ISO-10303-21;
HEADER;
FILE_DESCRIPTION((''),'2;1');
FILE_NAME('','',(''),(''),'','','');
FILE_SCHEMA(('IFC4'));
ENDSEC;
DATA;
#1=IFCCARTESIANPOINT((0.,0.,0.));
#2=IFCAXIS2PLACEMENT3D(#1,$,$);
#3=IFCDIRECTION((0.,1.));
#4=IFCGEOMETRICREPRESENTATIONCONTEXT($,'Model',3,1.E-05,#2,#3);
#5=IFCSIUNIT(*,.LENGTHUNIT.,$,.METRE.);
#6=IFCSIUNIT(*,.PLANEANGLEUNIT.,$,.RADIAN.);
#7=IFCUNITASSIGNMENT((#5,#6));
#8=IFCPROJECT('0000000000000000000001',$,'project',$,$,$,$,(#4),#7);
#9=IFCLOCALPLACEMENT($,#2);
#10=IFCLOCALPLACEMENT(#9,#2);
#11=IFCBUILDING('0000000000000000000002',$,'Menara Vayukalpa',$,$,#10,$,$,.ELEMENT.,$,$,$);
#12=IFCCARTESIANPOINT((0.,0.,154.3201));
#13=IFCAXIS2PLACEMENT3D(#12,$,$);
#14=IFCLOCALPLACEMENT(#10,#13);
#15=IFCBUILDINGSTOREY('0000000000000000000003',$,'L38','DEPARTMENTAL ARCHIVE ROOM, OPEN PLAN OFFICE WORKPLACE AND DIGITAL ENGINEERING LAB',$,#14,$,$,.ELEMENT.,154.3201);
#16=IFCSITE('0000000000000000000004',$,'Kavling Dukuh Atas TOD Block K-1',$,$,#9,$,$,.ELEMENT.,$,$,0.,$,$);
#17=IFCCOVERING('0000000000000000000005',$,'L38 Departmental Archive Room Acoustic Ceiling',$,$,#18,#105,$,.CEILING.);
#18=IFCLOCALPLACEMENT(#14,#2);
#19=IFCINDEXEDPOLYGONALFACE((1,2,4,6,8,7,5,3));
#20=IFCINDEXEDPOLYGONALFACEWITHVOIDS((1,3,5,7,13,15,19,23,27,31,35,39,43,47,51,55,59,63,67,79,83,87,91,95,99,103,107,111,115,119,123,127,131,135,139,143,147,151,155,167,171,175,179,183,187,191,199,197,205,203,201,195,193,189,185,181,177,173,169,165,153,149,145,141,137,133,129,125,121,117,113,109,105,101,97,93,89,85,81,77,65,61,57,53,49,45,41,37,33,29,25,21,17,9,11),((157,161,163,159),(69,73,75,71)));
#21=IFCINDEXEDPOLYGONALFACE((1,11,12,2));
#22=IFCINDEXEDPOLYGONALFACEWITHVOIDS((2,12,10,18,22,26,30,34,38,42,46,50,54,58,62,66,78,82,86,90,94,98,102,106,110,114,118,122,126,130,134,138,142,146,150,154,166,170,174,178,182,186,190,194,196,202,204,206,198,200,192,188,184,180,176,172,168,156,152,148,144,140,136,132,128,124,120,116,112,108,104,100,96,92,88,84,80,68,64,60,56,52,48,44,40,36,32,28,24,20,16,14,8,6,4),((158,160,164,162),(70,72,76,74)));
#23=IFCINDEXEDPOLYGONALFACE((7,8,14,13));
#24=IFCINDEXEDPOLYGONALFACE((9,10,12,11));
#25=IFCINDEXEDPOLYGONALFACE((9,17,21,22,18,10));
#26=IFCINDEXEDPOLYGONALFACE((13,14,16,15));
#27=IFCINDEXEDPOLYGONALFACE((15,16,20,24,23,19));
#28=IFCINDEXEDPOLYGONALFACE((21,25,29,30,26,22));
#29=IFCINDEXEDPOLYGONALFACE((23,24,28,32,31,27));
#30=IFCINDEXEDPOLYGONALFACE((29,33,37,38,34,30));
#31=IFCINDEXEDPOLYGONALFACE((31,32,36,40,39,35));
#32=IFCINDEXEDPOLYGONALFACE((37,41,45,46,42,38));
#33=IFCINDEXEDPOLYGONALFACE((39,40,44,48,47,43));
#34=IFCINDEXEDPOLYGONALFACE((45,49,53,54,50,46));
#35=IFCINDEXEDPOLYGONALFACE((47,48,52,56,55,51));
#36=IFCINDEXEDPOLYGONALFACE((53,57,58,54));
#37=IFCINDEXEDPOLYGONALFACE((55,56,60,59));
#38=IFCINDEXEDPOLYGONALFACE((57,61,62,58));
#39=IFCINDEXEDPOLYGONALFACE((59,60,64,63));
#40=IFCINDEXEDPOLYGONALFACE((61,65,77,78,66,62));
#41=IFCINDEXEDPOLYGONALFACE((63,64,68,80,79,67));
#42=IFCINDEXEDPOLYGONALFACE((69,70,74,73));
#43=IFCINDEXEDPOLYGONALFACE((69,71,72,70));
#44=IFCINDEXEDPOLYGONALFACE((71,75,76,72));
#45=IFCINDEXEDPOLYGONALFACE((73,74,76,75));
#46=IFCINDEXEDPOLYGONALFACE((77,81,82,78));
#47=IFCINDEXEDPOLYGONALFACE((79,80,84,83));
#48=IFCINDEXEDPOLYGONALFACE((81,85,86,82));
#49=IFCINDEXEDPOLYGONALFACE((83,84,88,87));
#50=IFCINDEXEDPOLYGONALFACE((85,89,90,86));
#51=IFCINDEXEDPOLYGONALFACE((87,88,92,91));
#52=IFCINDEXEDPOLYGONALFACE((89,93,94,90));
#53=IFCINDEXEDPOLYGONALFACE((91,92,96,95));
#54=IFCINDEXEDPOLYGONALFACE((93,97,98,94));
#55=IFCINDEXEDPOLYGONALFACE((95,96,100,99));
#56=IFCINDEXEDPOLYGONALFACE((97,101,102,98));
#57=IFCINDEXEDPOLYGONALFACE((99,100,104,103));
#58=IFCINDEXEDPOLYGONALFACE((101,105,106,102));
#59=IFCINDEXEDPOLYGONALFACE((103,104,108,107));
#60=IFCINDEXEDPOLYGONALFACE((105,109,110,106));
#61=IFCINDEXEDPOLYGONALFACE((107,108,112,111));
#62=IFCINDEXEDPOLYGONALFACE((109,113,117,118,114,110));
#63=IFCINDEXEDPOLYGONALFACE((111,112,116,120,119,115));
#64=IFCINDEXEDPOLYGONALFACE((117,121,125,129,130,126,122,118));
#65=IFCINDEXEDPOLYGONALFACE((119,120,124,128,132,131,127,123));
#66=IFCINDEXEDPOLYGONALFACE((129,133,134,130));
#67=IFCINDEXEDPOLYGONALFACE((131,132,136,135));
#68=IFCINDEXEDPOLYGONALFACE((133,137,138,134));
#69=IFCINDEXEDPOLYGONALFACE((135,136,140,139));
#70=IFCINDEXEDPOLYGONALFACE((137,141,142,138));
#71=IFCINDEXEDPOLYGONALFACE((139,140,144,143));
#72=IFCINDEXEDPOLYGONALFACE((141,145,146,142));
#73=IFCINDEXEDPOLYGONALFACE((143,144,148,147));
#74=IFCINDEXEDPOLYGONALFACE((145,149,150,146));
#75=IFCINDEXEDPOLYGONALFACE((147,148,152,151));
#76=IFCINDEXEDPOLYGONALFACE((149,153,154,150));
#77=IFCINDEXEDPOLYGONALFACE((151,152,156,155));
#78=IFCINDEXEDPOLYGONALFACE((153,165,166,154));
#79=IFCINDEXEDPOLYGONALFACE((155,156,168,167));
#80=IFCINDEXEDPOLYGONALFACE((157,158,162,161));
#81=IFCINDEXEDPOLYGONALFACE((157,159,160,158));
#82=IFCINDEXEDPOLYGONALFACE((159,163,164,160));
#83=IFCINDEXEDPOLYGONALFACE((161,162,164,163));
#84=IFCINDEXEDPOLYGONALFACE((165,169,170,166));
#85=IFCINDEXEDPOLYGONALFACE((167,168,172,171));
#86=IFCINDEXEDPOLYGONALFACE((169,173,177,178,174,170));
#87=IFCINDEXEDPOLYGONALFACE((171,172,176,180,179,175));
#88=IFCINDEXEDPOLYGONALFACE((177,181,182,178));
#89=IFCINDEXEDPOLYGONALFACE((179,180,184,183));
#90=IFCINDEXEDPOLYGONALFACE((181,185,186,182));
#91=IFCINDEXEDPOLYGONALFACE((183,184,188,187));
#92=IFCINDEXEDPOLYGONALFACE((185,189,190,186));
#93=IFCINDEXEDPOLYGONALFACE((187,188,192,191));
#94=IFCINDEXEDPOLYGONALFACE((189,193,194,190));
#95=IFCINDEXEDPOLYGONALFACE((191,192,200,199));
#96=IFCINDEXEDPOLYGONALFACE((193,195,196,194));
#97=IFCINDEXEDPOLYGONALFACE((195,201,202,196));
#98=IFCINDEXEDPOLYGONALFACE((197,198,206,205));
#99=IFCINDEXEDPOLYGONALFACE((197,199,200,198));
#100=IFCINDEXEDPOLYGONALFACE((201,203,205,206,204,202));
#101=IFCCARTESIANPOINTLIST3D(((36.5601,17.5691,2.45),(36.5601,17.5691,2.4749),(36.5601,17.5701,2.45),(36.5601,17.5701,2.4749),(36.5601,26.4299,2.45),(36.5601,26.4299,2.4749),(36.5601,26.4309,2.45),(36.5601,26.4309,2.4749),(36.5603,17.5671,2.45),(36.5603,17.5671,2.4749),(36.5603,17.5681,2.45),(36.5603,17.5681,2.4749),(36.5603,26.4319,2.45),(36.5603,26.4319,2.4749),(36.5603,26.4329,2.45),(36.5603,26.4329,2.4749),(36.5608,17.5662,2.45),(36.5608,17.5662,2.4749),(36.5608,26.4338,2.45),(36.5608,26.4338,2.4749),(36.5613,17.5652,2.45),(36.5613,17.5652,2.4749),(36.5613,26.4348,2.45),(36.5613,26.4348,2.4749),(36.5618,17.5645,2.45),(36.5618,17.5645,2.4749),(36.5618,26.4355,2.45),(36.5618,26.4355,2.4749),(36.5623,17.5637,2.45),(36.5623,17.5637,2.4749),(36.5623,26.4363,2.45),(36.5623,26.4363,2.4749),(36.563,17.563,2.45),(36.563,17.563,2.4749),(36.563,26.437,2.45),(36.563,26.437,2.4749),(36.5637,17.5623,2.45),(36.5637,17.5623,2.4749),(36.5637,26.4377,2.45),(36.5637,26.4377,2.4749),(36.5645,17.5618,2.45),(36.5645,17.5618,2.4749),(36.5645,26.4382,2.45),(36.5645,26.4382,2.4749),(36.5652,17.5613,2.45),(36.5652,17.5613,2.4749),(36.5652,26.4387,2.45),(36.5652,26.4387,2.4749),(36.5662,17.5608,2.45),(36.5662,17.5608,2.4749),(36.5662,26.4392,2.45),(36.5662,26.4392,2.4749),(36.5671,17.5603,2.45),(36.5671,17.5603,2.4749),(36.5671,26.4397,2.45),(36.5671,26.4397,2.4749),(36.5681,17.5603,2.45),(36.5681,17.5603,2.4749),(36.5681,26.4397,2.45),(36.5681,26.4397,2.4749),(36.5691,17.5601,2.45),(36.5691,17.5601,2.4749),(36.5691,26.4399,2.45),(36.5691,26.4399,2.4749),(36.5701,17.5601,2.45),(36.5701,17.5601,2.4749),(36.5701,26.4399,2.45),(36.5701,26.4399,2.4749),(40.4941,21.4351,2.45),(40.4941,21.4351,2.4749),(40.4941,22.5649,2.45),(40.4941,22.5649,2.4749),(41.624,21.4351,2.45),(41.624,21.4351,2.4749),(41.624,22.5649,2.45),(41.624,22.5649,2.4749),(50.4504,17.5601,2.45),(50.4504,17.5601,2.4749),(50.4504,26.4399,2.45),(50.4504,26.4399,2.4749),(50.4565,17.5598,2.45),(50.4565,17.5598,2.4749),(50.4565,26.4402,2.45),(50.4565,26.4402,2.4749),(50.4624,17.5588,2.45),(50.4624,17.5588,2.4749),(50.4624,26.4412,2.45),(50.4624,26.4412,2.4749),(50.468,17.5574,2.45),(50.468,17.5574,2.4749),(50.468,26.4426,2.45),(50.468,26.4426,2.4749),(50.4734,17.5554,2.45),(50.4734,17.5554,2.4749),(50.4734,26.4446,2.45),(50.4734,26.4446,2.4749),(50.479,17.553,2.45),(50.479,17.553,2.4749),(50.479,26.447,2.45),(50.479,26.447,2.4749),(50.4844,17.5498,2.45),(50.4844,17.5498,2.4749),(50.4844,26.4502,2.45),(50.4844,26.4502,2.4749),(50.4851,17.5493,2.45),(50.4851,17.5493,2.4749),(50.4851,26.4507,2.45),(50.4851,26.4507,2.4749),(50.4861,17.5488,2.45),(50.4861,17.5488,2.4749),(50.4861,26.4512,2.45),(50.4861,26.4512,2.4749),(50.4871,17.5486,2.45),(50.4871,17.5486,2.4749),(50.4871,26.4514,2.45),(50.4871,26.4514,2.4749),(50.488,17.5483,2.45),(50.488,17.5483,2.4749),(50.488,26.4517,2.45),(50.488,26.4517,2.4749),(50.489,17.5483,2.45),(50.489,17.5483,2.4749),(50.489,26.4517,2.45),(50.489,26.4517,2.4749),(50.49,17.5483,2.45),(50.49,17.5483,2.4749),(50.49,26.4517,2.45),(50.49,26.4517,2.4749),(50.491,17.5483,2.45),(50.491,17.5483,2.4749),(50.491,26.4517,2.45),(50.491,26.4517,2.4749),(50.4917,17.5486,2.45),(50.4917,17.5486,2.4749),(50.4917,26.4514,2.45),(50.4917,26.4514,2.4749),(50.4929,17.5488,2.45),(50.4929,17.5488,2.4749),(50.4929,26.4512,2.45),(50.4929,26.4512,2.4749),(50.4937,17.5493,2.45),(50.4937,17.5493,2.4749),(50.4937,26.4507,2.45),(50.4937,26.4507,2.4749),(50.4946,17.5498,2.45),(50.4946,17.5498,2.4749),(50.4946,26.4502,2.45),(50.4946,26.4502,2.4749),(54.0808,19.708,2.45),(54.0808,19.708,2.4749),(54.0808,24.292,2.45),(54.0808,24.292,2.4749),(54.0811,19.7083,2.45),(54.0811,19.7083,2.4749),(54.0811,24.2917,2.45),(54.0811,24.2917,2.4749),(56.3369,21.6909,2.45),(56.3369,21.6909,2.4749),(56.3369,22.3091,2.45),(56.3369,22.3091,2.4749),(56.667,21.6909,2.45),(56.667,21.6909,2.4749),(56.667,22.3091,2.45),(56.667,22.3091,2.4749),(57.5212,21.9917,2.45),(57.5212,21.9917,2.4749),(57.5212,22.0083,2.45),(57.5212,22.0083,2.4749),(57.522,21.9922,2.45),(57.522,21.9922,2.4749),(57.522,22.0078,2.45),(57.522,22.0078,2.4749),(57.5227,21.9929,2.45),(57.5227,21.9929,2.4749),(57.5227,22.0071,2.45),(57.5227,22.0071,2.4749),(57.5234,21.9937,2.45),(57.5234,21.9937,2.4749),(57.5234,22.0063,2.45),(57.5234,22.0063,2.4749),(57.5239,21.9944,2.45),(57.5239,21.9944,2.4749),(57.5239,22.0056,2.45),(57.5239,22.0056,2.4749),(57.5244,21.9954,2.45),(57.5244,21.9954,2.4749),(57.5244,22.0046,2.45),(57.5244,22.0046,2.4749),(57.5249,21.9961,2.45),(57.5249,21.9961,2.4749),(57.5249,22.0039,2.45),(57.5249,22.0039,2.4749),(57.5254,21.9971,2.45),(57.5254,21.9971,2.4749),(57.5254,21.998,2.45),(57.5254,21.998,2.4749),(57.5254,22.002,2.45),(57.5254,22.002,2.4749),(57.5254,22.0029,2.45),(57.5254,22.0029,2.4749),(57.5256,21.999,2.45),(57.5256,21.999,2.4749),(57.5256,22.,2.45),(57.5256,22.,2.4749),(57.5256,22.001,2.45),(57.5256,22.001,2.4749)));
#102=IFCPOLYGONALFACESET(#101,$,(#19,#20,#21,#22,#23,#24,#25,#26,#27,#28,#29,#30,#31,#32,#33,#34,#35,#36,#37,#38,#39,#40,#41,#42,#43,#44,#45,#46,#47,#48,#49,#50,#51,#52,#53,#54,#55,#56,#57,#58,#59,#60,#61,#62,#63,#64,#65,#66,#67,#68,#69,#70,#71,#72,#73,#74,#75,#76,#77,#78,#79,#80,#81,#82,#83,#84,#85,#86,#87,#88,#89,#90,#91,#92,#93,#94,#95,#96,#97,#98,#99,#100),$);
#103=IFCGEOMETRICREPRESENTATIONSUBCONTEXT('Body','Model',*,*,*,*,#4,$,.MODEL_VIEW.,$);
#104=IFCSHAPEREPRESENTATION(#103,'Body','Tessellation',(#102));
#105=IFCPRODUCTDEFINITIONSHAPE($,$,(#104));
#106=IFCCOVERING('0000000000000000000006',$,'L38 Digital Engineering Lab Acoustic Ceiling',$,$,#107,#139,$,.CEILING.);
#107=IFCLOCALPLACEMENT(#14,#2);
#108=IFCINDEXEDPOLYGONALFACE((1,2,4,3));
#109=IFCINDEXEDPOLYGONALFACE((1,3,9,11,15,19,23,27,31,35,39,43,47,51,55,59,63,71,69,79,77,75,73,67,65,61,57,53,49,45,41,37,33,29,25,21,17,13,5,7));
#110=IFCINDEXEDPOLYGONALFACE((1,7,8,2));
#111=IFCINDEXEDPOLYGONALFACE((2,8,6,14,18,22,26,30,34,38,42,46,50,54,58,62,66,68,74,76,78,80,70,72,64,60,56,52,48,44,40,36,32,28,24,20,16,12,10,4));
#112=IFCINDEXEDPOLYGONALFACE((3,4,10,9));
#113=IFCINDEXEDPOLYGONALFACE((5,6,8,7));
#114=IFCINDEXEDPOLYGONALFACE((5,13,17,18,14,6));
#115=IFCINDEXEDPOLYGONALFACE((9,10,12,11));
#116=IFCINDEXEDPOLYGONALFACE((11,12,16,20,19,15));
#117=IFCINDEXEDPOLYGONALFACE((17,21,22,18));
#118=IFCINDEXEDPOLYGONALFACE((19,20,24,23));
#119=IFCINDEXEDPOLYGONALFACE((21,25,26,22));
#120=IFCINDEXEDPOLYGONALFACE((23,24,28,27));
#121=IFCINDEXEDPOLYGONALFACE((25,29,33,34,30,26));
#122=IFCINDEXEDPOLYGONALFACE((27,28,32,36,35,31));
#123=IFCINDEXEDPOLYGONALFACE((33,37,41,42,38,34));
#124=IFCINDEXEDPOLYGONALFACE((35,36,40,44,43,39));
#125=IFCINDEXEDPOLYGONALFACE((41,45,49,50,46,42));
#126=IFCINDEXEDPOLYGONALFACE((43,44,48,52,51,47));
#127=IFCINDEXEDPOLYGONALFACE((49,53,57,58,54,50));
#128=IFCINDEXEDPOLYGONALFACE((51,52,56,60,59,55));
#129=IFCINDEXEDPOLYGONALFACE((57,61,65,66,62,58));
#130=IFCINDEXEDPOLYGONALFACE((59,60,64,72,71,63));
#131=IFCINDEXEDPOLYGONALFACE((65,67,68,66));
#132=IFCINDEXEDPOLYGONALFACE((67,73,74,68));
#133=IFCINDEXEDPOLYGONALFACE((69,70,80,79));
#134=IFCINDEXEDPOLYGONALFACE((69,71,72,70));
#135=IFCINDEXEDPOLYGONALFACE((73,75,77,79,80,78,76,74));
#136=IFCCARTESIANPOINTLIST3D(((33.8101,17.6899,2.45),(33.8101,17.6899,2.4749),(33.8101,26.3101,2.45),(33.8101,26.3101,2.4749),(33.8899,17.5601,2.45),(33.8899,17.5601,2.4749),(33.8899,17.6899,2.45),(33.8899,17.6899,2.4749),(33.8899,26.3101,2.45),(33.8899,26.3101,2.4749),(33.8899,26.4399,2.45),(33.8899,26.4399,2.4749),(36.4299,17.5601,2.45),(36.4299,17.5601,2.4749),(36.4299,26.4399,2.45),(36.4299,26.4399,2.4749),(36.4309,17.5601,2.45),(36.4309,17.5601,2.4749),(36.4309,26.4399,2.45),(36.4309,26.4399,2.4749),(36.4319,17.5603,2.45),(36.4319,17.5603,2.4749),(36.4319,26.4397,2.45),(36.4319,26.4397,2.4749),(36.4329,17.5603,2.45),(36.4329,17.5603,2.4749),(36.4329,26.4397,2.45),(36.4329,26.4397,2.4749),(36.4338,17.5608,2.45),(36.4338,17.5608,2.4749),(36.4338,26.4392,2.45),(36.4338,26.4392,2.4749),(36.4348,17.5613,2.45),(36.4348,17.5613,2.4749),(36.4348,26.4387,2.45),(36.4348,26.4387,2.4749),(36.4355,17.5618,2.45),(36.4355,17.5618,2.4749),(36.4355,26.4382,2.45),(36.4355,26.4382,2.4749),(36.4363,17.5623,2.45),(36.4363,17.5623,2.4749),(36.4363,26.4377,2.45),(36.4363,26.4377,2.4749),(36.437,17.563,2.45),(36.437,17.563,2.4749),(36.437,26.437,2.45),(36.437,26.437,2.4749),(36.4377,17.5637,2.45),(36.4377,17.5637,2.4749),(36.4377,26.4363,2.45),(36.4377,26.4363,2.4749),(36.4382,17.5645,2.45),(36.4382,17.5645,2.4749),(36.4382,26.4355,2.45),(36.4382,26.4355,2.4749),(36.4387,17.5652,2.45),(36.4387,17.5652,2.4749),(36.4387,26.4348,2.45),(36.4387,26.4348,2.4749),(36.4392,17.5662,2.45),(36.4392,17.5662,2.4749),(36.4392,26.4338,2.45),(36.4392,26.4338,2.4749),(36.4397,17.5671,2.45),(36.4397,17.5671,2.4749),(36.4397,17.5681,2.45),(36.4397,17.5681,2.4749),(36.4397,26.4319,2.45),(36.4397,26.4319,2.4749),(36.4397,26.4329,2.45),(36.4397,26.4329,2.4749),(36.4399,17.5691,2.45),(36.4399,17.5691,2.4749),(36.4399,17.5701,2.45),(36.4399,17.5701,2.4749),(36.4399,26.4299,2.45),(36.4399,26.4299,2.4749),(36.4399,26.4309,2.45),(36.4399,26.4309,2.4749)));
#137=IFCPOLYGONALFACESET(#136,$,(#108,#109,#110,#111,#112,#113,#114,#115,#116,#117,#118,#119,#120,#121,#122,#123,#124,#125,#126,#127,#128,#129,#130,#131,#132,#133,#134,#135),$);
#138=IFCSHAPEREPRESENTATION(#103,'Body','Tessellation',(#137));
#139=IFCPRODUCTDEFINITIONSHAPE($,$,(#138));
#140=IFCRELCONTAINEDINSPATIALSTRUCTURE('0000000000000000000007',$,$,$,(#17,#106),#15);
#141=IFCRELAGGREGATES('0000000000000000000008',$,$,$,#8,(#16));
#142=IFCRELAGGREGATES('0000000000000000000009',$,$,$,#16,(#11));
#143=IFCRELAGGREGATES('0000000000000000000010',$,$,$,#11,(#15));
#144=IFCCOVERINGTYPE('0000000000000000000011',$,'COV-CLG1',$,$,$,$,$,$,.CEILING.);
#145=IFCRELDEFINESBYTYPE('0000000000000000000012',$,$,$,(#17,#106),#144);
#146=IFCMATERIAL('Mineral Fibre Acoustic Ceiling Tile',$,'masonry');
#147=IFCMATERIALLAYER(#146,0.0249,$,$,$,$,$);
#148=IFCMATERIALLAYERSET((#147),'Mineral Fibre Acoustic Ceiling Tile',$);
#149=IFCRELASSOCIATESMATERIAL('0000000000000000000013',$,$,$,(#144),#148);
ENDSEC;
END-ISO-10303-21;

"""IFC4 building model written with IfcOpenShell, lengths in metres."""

from ifc_helpers import new_model, si_unit, direction, frame, origin, place, context, subcontext, project, spatial, polyline, outline, extrude, material, layer, layer_set, type_object, element, save


model = new_model("IFC4")

# Units and contexts
model_context = context("Model", 3, precision=1e-05, world=origin(), true_north=direction((0.0, 1.0)))
body_context = subcontext(model_context, "Body", "Model", "MODEL_VIEW")
ifc_project = project(units=[si_unit("LENGTHUNIT", "METRE"), si_unit("PLANEANGLEUNIT", "RADIAN")], contexts=[model_context])

# Site, building, storey
site_placement = place(None, origin())
site = spatial("IfcSite", under=ifc_project, at=site_placement, Name="Kavling Dukuh Atas TOD Block K-1", CompositionType="ELEMENT", RefElevation=0.0)
building_placement = place(site_placement, origin())
building = spatial("IfcBuilding", under=site, at=building_placement, Name="Menara Vayukalpa", CompositionType="ELEMENT")
storey_placement = place(building_placement, frame((0.0, 0.0, 154.3201)))
storey = spatial("IfcBuildingStorey", under=building, at=storey_placement, Name="L38", Description="DEPARTMENTAL ARCHIVE ROOM, OPEN PLAN OFFICE WORKPLACE AND DIGITAL ENGINEERING LAB", CompositionType="ELEMENT", Elevation=154.3201)

# Coverings
ifc_material_1 = material(Name="Mineral Fibre Acoustic Ceiling Tile", Category="masonry")
ifc_layer_1 = layer(ifc_material_1, 0.0249)
ifc_layer_set_1 = layer_set([ifc_layer_1], Name="Mineral Fibre Acoustic Ceiling Tile")
covering_type_1 = type_object("IfcCoveringType", Name="COV-CLG1", PredefinedType="CEILING", material=ifc_layer_set_1)
covering_1_placement = place(storey_placement, frame((0.0, 0.0, 2.45)))
element("IfcCovering", 1, at=covering_1_placement, inside=storey, type_object=covering_type_1, Name="L38 Departmental Archive Room Acoustic Ceiling", PredefinedType="CEILING", context=body_context, shape_type="SweptSolid", body=[
    extrude(outline(polyline([(57.522, 22.0078), (57.5227, 22.0071), (57.5234, 22.0063), (57.5239, 22.0056), (57.5244, 22.0046), (57.5249, 22.0039), (57.5254, 22.0029), (57.5254, 22.002), (57.5256, 22.001), (57.5256, 22.0), (57.5256, 21.999), (57.5254, 21.998), (57.5254, 21.9971), (57.5249, 21.9961), (57.5244, 21.9954), (57.5239, 21.9944), (57.5234, 21.9937), (57.5227, 21.9929), (57.522, 21.9922), (57.5212, 21.9917), (54.0811, 19.7083), (54.0808, 19.708), (50.4946, 17.5498), (50.4937, 17.5493), (50.4929, 17.5488), (50.4917, 17.5486), (50.491, 17.5483), (50.49, 17.5483), (50.489, 17.5483), (50.488, 17.5483), (50.4871, 17.5486), (50.4861, 17.5488), (50.4851, 17.5493), (50.4844, 17.5498), (50.479, 17.553), (50.4734, 17.5554), (50.468, 17.5574), (50.4624, 17.5588), (50.4565, 17.5598), (50.4504, 17.5601), (36.5701, 17.5601), (36.5691, 17.5601), (36.5681, 17.5603), (36.5671, 17.5603), (36.5662, 17.5608), (36.5652, 17.5613), (36.5645, 17.5618), (36.5637, 17.5623), (36.563, 17.563), (36.5623, 17.5637), (36.5618, 17.5645), (36.5613, 17.5652), (36.5608, 17.5662), (36.5603, 17.5671), (36.5603, 17.5681), (36.5601, 17.5691), (36.5601, 17.5701), (36.5601, 26.4299), (36.5601, 26.4309), (36.5603, 26.4319), (36.5603, 26.4329), (36.5608, 26.4338), (36.5613, 26.4348), (36.5618, 26.4355), (36.5623, 26.4363), (36.563, 26.437), (36.5637, 26.4377), (36.5645, 26.4382), (36.5652, 26.4387), (36.5662, 26.4392), (36.5671, 26.4397), (36.5681, 26.4397), (36.5691, 26.4399), (36.5701, 26.4399), (50.4504, 26.4399), (50.4565, 26.4402), (50.4624, 26.4412), (50.468, 26.4426), (50.4734, 26.4446), (50.479, 26.447), (50.4844, 26.4502), (50.4851, 26.4507), (50.4861, 26.4512), (50.4871, 26.4514), (50.488, 26.4517), (50.489, 26.4517), (50.49, 26.4517), (50.491, 26.4517), (50.4917, 26.4514), (50.4929, 26.4512), (50.4937, 26.4507), (50.4946, 26.4502), (54.0808, 24.292), (54.0811, 24.2917), (57.5212, 22.0083), (57.522, 22.0078)]), holes=[polyline([(41.624, 22.5649), (40.4941, 22.5649), (40.4941, 21.4351), (41.624, 21.4351), (41.624, 22.5649)]), polyline([(56.667, 22.3091), (56.3369, 22.3091), (56.3369, 21.6909), (56.667, 21.6909), (56.667, 22.3091)])]), origin(), (0.0, 0.0, 1.0), 0.0249),
])
covering_2_placement = place(storey_placement, frame((0.0, 0.0, 2.45)))
element("IfcCovering", 2, at=covering_2_placement, inside=storey, type_object=covering_type_1, Name="L38 Digital Engineering Lab Acoustic Ceiling", PredefinedType="CEILING", context=body_context, shape_type="SweptSolid", body=[
    extrude(outline(polyline([(36.4299, 26.4399), (36.4309, 26.4399), (36.4319, 26.4397), (36.4329, 26.4397), (36.4338, 26.4392), (36.4348, 26.4387), (36.4355, 26.4382), (36.4363, 26.4377), (36.437, 26.437), (36.4377, 26.4363), (36.4382, 26.4355), (36.4387, 26.4348), (36.4392, 26.4338), (36.4397, 26.4329), (36.4397, 26.4319), (36.4399, 26.4309), (36.4399, 26.4299), (36.4399, 17.5701), (36.4399, 17.5691), (36.4397, 17.5681), (36.4397, 17.5671), (36.4392, 17.5662), (36.4387, 17.5652), (36.4382, 17.5645), (36.4377, 17.5637), (36.437, 17.563), (36.4363, 17.5623), (36.4355, 17.5618), (36.4348, 17.5613), (36.4338, 17.5608), (36.4329, 17.5603), (36.4319, 17.5603), (36.4309, 17.5601), (36.4299, 17.5601), (33.8899, 17.5601), (33.8899, 17.6899), (33.8101, 17.6899), (33.8101, 26.3101), (33.8899, 26.3101), (33.8899, 26.4399), (36.4299, 26.4399)])), origin(), (0.0, 0.0, 1.0), 0.0249),
])

save(model, "model.ifc")
